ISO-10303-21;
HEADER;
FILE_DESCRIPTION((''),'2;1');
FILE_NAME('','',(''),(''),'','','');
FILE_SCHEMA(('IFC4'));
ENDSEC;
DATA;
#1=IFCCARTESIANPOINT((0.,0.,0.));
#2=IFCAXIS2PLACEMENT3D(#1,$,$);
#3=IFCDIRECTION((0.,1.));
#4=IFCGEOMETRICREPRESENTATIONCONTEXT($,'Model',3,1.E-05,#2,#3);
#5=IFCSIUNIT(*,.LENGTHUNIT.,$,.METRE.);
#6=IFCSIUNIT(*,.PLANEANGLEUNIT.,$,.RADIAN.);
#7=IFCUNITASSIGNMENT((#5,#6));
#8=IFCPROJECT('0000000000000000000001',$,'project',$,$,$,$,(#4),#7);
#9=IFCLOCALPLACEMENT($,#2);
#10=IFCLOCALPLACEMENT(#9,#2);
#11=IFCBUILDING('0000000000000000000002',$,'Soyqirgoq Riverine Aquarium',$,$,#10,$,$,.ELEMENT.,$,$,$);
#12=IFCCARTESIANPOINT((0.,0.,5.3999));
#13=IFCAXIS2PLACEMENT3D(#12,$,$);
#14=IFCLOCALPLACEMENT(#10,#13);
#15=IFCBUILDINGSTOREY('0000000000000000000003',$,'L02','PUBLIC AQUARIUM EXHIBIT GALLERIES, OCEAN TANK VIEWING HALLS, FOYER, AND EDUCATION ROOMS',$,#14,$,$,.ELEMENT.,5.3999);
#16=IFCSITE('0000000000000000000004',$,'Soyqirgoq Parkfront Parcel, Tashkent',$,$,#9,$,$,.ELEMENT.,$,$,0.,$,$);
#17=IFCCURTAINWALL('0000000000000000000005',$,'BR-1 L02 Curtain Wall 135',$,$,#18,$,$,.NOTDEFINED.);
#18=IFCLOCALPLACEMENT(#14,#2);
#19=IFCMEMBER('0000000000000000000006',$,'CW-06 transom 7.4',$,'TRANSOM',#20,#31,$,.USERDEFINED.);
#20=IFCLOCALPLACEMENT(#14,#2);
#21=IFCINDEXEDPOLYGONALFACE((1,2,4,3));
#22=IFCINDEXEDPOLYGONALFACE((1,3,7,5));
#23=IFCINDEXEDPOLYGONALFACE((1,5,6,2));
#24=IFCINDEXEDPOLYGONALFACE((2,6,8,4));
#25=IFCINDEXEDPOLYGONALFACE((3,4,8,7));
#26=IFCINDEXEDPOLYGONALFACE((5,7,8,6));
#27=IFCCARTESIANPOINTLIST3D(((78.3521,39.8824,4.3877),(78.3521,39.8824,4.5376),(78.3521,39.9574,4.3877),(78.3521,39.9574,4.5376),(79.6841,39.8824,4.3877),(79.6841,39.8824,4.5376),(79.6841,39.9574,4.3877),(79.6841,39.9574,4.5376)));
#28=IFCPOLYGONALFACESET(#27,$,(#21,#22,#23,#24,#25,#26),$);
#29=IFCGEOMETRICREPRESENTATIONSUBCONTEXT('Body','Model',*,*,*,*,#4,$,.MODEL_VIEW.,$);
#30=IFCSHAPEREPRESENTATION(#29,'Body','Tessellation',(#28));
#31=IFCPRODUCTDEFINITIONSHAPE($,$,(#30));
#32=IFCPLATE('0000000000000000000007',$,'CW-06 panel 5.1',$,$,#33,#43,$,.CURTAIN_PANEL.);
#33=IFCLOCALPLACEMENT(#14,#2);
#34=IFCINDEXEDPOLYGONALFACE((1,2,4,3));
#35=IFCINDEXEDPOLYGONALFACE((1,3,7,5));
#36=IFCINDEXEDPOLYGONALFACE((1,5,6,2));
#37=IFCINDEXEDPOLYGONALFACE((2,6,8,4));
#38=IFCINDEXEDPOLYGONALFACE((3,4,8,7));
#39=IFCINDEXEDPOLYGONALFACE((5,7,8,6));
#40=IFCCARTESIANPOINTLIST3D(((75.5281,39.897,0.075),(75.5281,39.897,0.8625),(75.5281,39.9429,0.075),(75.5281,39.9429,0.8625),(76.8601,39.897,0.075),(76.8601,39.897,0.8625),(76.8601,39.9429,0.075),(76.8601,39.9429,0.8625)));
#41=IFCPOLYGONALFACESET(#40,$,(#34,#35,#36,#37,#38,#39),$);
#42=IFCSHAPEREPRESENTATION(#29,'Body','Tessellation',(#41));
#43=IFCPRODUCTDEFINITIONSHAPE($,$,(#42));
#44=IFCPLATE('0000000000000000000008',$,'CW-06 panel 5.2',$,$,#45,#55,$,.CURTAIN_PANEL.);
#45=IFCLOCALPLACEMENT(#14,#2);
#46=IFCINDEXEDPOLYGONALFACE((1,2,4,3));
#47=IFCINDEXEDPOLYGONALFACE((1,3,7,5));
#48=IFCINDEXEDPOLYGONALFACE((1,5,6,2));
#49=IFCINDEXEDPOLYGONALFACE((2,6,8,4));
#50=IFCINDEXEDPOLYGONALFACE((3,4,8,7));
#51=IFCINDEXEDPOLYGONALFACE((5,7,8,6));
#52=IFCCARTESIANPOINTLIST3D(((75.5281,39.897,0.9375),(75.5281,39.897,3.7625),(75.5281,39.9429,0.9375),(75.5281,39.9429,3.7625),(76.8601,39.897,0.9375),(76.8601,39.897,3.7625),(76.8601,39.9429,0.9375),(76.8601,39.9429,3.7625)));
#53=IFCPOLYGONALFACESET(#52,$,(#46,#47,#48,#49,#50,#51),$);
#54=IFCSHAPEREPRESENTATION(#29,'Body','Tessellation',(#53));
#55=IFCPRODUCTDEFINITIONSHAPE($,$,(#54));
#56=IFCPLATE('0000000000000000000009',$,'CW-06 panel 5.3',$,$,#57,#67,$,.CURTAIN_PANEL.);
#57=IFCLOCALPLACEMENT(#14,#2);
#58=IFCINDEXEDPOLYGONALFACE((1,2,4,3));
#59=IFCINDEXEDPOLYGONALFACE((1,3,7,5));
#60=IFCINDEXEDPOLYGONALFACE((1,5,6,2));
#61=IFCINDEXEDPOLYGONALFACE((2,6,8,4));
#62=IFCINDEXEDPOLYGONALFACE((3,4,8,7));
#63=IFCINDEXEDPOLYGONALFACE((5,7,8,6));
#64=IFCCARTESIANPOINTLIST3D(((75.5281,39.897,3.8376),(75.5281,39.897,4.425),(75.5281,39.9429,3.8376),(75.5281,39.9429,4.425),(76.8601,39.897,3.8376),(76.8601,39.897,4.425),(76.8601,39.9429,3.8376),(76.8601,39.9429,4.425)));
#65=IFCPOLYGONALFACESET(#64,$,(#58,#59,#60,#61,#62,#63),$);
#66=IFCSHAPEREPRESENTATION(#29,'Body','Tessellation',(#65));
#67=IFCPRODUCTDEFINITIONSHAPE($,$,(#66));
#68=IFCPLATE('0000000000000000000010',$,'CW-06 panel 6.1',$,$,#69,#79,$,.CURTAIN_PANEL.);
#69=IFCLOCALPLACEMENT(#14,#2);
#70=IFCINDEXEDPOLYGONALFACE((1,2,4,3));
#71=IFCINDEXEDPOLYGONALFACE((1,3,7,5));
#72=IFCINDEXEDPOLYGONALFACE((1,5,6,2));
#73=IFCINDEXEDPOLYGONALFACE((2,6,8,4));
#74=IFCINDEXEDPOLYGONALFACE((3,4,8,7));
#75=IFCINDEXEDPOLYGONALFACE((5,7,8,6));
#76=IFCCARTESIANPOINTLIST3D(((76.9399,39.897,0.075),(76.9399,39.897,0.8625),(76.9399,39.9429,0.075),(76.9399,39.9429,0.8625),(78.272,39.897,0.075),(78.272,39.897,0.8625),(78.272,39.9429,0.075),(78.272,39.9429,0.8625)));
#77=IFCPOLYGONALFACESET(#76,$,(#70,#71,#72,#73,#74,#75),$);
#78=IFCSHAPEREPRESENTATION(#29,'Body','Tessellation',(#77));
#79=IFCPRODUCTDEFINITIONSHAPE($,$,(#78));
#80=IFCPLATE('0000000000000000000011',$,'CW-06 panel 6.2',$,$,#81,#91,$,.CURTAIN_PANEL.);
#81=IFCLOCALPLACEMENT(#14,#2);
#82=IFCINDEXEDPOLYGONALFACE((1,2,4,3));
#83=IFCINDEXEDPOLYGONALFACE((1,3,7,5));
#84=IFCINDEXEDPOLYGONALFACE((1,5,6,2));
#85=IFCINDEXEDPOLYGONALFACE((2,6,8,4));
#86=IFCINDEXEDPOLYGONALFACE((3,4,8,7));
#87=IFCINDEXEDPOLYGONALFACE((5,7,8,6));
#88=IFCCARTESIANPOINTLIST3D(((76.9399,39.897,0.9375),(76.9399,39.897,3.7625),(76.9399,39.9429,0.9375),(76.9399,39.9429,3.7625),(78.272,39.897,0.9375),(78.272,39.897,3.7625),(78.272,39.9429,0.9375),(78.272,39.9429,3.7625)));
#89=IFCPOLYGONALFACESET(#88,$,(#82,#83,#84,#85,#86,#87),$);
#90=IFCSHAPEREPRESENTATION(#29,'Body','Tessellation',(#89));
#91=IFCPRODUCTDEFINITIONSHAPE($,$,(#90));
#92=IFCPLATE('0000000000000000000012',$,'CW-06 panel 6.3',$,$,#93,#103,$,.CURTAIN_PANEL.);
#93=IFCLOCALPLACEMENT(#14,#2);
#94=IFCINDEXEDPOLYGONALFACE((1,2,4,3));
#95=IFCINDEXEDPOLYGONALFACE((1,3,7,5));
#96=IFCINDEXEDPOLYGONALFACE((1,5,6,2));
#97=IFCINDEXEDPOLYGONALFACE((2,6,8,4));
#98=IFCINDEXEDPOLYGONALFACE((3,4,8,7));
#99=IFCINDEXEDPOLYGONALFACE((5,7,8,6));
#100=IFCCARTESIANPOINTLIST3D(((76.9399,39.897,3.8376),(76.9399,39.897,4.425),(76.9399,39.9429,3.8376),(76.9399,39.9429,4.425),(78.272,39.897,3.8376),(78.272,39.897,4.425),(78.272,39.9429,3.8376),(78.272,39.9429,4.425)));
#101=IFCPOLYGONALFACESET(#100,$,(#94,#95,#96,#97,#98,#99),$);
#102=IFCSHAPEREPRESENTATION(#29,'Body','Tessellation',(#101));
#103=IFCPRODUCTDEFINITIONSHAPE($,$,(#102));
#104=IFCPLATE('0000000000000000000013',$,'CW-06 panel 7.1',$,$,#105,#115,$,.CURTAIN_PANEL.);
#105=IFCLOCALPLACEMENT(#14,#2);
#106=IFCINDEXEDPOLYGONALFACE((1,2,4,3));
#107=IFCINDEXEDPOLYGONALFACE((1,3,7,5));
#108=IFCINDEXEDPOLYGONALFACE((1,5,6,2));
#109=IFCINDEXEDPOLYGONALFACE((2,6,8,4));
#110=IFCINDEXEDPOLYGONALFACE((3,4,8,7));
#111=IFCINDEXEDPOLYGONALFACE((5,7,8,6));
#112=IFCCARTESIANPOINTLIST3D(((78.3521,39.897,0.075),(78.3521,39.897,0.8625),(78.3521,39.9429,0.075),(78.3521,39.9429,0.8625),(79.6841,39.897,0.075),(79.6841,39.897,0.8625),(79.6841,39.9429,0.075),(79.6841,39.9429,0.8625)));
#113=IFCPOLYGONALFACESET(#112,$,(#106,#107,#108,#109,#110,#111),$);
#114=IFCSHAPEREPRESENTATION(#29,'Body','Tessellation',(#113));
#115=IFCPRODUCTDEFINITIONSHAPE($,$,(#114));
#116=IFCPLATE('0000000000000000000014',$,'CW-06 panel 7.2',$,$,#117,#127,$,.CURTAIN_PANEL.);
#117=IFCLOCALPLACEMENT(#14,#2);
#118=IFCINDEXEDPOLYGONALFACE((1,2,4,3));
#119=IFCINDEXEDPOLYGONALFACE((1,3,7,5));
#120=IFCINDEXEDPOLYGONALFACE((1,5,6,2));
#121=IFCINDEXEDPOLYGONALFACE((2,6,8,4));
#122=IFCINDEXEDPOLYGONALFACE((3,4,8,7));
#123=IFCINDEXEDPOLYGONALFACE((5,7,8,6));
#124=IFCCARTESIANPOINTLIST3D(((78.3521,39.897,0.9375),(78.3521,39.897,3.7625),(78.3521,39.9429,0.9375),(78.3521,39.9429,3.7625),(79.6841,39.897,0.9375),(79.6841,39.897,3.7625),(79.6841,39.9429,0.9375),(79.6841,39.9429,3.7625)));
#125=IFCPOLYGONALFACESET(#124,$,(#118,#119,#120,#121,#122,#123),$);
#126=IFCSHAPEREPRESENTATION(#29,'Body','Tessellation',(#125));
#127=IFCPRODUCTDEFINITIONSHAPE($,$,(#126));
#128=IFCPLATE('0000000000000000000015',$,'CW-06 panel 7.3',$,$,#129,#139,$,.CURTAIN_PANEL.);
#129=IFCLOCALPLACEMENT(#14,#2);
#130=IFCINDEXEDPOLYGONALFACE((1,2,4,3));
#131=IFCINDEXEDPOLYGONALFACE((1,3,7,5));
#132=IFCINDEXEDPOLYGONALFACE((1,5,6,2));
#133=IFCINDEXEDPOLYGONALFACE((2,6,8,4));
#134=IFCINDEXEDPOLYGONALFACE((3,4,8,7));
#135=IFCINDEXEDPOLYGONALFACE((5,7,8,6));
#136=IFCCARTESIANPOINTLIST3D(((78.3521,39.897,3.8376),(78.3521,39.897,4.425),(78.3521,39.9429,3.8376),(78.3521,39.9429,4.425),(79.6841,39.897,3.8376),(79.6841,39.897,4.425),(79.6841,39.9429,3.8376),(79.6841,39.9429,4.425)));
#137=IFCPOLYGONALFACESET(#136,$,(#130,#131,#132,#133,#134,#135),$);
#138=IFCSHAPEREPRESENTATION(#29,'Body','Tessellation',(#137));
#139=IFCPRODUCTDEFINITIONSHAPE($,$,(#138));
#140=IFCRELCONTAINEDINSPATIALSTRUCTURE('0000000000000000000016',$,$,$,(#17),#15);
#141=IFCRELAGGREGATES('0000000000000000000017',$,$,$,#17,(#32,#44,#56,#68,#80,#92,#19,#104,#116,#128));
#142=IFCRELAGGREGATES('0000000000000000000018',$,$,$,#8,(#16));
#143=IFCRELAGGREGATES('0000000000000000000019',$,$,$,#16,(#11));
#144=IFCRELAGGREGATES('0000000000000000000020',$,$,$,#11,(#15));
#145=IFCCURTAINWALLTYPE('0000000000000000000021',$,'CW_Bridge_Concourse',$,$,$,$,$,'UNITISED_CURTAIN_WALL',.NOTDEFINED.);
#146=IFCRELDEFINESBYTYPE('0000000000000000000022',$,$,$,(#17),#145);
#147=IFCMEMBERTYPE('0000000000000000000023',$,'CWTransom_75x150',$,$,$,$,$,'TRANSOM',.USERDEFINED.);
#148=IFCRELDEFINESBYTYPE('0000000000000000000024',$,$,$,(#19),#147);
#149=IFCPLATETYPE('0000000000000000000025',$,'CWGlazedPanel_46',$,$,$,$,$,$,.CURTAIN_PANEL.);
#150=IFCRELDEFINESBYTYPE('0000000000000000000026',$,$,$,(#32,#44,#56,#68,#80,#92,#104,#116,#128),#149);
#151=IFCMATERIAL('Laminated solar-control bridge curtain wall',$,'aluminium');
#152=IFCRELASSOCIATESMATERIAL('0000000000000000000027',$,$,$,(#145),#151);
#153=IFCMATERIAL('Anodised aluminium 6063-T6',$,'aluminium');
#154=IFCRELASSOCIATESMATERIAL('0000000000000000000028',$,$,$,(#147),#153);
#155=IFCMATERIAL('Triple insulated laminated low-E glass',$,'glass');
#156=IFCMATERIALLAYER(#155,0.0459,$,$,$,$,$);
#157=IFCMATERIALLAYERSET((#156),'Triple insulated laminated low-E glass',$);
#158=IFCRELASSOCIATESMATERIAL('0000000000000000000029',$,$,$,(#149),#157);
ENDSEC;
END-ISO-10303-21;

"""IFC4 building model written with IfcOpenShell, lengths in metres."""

from ifc_helpers import new_model, si_unit, direction, frame, origin, origin_2d, place, context, subcontext, project, spatial, rectangle, extrude, material, layer, layer_set, material_profile, profile_set, type_object, element, aggregate, save


model = new_model("IFC4")

# Units and contexts
model_context = context("Model", 3, precision=1e-05, world=origin(), true_north=direction((0.0, 1.0)))
body_context = subcontext(model_context, "Body", "Model", "MODEL_VIEW")
ifc_project = project(units=[si_unit("LENGTHUNIT", "METRE"), si_unit("PLANEANGLEUNIT", "RADIAN")], contexts=[model_context])

# Site, building, storey
site_placement = place(None, origin())
site = spatial("IfcSite", under=ifc_project, at=site_placement, Name="Soyqirgoq Parkfront Parcel, Tashkent", CompositionType="ELEMENT", RefElevation=0.0)
building_placement = place(site_placement, origin())
building = spatial("IfcBuilding", under=site, at=building_placement, Name="Soyqirgoq Riverine Aquarium", CompositionType="ELEMENT")
storey_placement = place(building_placement, frame((0.0, 0.0, 5.3999)))
storey = spatial("IfcBuildingStorey", under=building, at=storey_placement, Name="L02", Description="PUBLIC AQUARIUM EXHIBIT GALLERIES, OCEAN TANK VIEWING HALLS, FOYER, AND EDUCATION ROOMS", CompositionType="ELEMENT", Elevation=5.3999)

# Curtain wall, member, plates
ifc_material_1 = material(Name="Laminated solar-control bridge curtain wall", Category="aluminium")
curtain_wall_type = type_object("IfcCurtainWallType", Name="CW_Bridge_Concourse", ElementType="UNITISED_CURTAIN_WALL", PredefinedType="NOTDEFINED", material=ifc_material_1)
curtain_wall_placement = place(storey_placement, origin())
curtain_wall = element("IfcCurtainWall", 1, at=curtain_wall_placement, inside=storey, type_object=curtain_wall_type, Name="BR-1 L02 Curtain Wall 135", PredefinedType="NOTDEFINED")
ifc_material_2 = material(Name="Anodised aluminium 6063-T6", Category="aluminium")
ifc_material_profile_1 = material_profile(ifc_material_2, rectangle(XDim=0.075, YDim=0.1499, at=origin_2d()), Name="ALU-T 75x150")
ifc_profile_set_1 = profile_set([ifc_material_profile_1], Name="Anodised aluminium 6063-T6")
member_type_1 = type_object("IfcMemberType", Name="CWTransom_75x150", ElementType="TRANSOM", PredefinedType="USERDEFINED", material=ifc_profile_set_1)
member_1_placement = place(storey_placement, frame((78.3521, 39.9199, 4.4626), z_axis=(1.0, 0.0, 0.0), x_axis=(0.0, 1.0, 0.0)))
member_1 = element("IfcMember", 2, at=member_1_placement, type_object=member_type_1, Name="CW-06 transom 7.4", ObjectType="TRANSOM", PredefinedType="USERDEFINED", context=body_context, shape_type="SweptSolid", body=[
    extrude(rectangle(XDim=0.075, YDim=0.1499, at=origin_2d()), origin(), (0.0, 0.0, 1.0), 1.332),
])
ifc_material_3 = material(Name="Triple insulated laminated low-E glass", Category="glass")
ifc_layer = layer(ifc_material_3, 0.0459)
ifc_layer_set = layer_set([ifc_layer], Name="Triple insulated laminated low-E glass")
plate_type = type_object("IfcPlateType", Name="CWGlazedPanel_46", PredefinedType="CURTAIN_PANEL", material=ifc_layer_set)
plate_1_placement = place(storey_placement, frame((76.1941, 39.9199, 0.075), z_axis=(0.0, 0.0, 1.0), x_axis=(1.0, 0.0, 0.0)))
plate_1 = element("IfcPlate", 3, at=plate_1_placement, type_object=plate_type, Name="CW-06 panel 5.1", PredefinedType="CURTAIN_PANEL", context=body_context, shape_type="SweptSolid", body=[
    extrude(rectangle(XDim=1.332, YDim=0.0459, at=origin_2d()), origin(), (0.0, 0.0, 1.0), 0.7876),
])
plate_2_placement = place(storey_placement, frame((76.1941, 39.9199, 0.9375), z_axis=(0.0, 0.0, 1.0), x_axis=(1.0, 0.0, 0.0)))
plate_2 = element("IfcPlate", 4, at=plate_2_placement, type_object=plate_type, Name="CW-06 panel 5.2", PredefinedType="CURTAIN_PANEL", context=body_context, shape_type="SweptSolid", body=[
    extrude(rectangle(XDim=1.332, YDim=0.0459, at=origin_2d()), origin(), (0.0, 0.0, 1.0), 2.825),
])
plate_3_placement = place(storey_placement, frame((76.1941, 39.9199, 3.8376), z_axis=(0.0, 0.0, 1.0), x_axis=(1.0, 0.0, 0.0)))
plate_3 = element("IfcPlate", 5, at=plate_3_placement, type_object=plate_type, Name="CW-06 panel 5.3", PredefinedType="CURTAIN_PANEL", context=body_context, shape_type="SweptSolid", body=[
    extrude(rectangle(XDim=1.332, YDim=0.0459, at=origin_2d()), origin(), (0.0, 0.0, 1.0), 0.5874),
])
plate_4_placement = place(storey_placement, frame((77.606, 39.9199, 0.075), z_axis=(0.0, 0.0, 1.0), x_axis=(1.0, 0.0, 0.0)))
plate_4 = element("IfcPlate", 6, at=plate_4_placement, type_object=plate_type, Name="CW-06 panel 6.1", PredefinedType="CURTAIN_PANEL", context=body_context, shape_type="SweptSolid", body=[
    extrude(rectangle(XDim=1.332, YDim=0.0459, at=origin_2d()), origin(), (0.0, 0.0, 1.0), 0.7876),
])
plate_5_placement = place(storey_placement, frame((77.606, 39.9199, 0.9375), z_axis=(0.0, 0.0, 1.0), x_axis=(1.0, 0.0, 0.0)))
plate_5 = element("IfcPlate", 7, at=plate_5_placement, type_object=plate_type, Name="CW-06 panel 6.2", PredefinedType="CURTAIN_PANEL", context=body_context, shape_type="SweptSolid", body=[
    extrude(rectangle(XDim=1.332, YDim=0.0459, at=origin_2d()), origin(), (0.0, 0.0, 1.0), 2.825),
])
plate_6_placement = place(storey_placement, frame((77.606, 39.9199, 3.8376), z_axis=(0.0, 0.0, 1.0), x_axis=(1.0, 0.0, 0.0)))
plate_6 = element("IfcPlate", 8, at=plate_6_placement, type_object=plate_type, Name="CW-06 panel 6.3", PredefinedType="CURTAIN_PANEL", context=body_context, shape_type="SweptSolid", body=[
    extrude(rectangle(XDim=1.332, YDim=0.0459, at=origin_2d()), origin(), (0.0, 0.0, 1.0), 0.5874),
])
plate_7_placement = place(storey_placement, frame((79.0181, 39.9199, 0.075), z_axis=(0.0, 0.0, 1.0), x_axis=(1.0, 0.0, 0.0)))
plate_7 = element("IfcPlate", 9, at=plate_7_placement, type_object=plate_type, Name="CW-06 panel 7.1", PredefinedType="CURTAIN_PANEL", context=body_context, shape_type="SweptSolid", body=[
    extrude(rectangle(XDim=1.332, YDim=0.0459, at=origin_2d()), origin(), (0.0, 0.0, 1.0), 0.7876),
])
plate_8_placement = place(storey_placement, frame((79.0181, 39.9199, 0.9375), z_axis=(0.0, 0.0, 1.0), x_axis=(1.0, 0.0, 0.0)))
plate_8 = element("IfcPlate", 10, at=plate_8_placement, type_object=plate_type, Name="CW-06 panel 7.2", PredefinedType="CURTAIN_PANEL", context=body_context, shape_type="SweptSolid", body=[
    extrude(rectangle(XDim=1.332, YDim=0.0459, at=origin_2d()), origin(), (0.0, 0.0, 1.0), 2.825),
])
plate_9_placement = place(storey_placement, frame((79.0181, 39.9199, 3.8376), z_axis=(0.0, 0.0, 1.0), x_axis=(1.0, 0.0, 0.0)))
plate_9 = element("IfcPlate", 11, at=plate_9_placement, type_object=plate_type, Name="CW-06 panel 7.3", PredefinedType="CURTAIN_PANEL", context=body_context, shape_type="SweptSolid", body=[
    extrude(rectangle(XDim=1.332, YDim=0.0459, at=origin_2d()), origin(), (0.0, 0.0, 1.0), 0.5874),
])
aggregate(curtain_wall, [plate_1, plate_2, plate_3, plate_4, plate_5, plate_6, member_1, plate_7, plate_8, plate_9])

save(model, "model.ifc")
